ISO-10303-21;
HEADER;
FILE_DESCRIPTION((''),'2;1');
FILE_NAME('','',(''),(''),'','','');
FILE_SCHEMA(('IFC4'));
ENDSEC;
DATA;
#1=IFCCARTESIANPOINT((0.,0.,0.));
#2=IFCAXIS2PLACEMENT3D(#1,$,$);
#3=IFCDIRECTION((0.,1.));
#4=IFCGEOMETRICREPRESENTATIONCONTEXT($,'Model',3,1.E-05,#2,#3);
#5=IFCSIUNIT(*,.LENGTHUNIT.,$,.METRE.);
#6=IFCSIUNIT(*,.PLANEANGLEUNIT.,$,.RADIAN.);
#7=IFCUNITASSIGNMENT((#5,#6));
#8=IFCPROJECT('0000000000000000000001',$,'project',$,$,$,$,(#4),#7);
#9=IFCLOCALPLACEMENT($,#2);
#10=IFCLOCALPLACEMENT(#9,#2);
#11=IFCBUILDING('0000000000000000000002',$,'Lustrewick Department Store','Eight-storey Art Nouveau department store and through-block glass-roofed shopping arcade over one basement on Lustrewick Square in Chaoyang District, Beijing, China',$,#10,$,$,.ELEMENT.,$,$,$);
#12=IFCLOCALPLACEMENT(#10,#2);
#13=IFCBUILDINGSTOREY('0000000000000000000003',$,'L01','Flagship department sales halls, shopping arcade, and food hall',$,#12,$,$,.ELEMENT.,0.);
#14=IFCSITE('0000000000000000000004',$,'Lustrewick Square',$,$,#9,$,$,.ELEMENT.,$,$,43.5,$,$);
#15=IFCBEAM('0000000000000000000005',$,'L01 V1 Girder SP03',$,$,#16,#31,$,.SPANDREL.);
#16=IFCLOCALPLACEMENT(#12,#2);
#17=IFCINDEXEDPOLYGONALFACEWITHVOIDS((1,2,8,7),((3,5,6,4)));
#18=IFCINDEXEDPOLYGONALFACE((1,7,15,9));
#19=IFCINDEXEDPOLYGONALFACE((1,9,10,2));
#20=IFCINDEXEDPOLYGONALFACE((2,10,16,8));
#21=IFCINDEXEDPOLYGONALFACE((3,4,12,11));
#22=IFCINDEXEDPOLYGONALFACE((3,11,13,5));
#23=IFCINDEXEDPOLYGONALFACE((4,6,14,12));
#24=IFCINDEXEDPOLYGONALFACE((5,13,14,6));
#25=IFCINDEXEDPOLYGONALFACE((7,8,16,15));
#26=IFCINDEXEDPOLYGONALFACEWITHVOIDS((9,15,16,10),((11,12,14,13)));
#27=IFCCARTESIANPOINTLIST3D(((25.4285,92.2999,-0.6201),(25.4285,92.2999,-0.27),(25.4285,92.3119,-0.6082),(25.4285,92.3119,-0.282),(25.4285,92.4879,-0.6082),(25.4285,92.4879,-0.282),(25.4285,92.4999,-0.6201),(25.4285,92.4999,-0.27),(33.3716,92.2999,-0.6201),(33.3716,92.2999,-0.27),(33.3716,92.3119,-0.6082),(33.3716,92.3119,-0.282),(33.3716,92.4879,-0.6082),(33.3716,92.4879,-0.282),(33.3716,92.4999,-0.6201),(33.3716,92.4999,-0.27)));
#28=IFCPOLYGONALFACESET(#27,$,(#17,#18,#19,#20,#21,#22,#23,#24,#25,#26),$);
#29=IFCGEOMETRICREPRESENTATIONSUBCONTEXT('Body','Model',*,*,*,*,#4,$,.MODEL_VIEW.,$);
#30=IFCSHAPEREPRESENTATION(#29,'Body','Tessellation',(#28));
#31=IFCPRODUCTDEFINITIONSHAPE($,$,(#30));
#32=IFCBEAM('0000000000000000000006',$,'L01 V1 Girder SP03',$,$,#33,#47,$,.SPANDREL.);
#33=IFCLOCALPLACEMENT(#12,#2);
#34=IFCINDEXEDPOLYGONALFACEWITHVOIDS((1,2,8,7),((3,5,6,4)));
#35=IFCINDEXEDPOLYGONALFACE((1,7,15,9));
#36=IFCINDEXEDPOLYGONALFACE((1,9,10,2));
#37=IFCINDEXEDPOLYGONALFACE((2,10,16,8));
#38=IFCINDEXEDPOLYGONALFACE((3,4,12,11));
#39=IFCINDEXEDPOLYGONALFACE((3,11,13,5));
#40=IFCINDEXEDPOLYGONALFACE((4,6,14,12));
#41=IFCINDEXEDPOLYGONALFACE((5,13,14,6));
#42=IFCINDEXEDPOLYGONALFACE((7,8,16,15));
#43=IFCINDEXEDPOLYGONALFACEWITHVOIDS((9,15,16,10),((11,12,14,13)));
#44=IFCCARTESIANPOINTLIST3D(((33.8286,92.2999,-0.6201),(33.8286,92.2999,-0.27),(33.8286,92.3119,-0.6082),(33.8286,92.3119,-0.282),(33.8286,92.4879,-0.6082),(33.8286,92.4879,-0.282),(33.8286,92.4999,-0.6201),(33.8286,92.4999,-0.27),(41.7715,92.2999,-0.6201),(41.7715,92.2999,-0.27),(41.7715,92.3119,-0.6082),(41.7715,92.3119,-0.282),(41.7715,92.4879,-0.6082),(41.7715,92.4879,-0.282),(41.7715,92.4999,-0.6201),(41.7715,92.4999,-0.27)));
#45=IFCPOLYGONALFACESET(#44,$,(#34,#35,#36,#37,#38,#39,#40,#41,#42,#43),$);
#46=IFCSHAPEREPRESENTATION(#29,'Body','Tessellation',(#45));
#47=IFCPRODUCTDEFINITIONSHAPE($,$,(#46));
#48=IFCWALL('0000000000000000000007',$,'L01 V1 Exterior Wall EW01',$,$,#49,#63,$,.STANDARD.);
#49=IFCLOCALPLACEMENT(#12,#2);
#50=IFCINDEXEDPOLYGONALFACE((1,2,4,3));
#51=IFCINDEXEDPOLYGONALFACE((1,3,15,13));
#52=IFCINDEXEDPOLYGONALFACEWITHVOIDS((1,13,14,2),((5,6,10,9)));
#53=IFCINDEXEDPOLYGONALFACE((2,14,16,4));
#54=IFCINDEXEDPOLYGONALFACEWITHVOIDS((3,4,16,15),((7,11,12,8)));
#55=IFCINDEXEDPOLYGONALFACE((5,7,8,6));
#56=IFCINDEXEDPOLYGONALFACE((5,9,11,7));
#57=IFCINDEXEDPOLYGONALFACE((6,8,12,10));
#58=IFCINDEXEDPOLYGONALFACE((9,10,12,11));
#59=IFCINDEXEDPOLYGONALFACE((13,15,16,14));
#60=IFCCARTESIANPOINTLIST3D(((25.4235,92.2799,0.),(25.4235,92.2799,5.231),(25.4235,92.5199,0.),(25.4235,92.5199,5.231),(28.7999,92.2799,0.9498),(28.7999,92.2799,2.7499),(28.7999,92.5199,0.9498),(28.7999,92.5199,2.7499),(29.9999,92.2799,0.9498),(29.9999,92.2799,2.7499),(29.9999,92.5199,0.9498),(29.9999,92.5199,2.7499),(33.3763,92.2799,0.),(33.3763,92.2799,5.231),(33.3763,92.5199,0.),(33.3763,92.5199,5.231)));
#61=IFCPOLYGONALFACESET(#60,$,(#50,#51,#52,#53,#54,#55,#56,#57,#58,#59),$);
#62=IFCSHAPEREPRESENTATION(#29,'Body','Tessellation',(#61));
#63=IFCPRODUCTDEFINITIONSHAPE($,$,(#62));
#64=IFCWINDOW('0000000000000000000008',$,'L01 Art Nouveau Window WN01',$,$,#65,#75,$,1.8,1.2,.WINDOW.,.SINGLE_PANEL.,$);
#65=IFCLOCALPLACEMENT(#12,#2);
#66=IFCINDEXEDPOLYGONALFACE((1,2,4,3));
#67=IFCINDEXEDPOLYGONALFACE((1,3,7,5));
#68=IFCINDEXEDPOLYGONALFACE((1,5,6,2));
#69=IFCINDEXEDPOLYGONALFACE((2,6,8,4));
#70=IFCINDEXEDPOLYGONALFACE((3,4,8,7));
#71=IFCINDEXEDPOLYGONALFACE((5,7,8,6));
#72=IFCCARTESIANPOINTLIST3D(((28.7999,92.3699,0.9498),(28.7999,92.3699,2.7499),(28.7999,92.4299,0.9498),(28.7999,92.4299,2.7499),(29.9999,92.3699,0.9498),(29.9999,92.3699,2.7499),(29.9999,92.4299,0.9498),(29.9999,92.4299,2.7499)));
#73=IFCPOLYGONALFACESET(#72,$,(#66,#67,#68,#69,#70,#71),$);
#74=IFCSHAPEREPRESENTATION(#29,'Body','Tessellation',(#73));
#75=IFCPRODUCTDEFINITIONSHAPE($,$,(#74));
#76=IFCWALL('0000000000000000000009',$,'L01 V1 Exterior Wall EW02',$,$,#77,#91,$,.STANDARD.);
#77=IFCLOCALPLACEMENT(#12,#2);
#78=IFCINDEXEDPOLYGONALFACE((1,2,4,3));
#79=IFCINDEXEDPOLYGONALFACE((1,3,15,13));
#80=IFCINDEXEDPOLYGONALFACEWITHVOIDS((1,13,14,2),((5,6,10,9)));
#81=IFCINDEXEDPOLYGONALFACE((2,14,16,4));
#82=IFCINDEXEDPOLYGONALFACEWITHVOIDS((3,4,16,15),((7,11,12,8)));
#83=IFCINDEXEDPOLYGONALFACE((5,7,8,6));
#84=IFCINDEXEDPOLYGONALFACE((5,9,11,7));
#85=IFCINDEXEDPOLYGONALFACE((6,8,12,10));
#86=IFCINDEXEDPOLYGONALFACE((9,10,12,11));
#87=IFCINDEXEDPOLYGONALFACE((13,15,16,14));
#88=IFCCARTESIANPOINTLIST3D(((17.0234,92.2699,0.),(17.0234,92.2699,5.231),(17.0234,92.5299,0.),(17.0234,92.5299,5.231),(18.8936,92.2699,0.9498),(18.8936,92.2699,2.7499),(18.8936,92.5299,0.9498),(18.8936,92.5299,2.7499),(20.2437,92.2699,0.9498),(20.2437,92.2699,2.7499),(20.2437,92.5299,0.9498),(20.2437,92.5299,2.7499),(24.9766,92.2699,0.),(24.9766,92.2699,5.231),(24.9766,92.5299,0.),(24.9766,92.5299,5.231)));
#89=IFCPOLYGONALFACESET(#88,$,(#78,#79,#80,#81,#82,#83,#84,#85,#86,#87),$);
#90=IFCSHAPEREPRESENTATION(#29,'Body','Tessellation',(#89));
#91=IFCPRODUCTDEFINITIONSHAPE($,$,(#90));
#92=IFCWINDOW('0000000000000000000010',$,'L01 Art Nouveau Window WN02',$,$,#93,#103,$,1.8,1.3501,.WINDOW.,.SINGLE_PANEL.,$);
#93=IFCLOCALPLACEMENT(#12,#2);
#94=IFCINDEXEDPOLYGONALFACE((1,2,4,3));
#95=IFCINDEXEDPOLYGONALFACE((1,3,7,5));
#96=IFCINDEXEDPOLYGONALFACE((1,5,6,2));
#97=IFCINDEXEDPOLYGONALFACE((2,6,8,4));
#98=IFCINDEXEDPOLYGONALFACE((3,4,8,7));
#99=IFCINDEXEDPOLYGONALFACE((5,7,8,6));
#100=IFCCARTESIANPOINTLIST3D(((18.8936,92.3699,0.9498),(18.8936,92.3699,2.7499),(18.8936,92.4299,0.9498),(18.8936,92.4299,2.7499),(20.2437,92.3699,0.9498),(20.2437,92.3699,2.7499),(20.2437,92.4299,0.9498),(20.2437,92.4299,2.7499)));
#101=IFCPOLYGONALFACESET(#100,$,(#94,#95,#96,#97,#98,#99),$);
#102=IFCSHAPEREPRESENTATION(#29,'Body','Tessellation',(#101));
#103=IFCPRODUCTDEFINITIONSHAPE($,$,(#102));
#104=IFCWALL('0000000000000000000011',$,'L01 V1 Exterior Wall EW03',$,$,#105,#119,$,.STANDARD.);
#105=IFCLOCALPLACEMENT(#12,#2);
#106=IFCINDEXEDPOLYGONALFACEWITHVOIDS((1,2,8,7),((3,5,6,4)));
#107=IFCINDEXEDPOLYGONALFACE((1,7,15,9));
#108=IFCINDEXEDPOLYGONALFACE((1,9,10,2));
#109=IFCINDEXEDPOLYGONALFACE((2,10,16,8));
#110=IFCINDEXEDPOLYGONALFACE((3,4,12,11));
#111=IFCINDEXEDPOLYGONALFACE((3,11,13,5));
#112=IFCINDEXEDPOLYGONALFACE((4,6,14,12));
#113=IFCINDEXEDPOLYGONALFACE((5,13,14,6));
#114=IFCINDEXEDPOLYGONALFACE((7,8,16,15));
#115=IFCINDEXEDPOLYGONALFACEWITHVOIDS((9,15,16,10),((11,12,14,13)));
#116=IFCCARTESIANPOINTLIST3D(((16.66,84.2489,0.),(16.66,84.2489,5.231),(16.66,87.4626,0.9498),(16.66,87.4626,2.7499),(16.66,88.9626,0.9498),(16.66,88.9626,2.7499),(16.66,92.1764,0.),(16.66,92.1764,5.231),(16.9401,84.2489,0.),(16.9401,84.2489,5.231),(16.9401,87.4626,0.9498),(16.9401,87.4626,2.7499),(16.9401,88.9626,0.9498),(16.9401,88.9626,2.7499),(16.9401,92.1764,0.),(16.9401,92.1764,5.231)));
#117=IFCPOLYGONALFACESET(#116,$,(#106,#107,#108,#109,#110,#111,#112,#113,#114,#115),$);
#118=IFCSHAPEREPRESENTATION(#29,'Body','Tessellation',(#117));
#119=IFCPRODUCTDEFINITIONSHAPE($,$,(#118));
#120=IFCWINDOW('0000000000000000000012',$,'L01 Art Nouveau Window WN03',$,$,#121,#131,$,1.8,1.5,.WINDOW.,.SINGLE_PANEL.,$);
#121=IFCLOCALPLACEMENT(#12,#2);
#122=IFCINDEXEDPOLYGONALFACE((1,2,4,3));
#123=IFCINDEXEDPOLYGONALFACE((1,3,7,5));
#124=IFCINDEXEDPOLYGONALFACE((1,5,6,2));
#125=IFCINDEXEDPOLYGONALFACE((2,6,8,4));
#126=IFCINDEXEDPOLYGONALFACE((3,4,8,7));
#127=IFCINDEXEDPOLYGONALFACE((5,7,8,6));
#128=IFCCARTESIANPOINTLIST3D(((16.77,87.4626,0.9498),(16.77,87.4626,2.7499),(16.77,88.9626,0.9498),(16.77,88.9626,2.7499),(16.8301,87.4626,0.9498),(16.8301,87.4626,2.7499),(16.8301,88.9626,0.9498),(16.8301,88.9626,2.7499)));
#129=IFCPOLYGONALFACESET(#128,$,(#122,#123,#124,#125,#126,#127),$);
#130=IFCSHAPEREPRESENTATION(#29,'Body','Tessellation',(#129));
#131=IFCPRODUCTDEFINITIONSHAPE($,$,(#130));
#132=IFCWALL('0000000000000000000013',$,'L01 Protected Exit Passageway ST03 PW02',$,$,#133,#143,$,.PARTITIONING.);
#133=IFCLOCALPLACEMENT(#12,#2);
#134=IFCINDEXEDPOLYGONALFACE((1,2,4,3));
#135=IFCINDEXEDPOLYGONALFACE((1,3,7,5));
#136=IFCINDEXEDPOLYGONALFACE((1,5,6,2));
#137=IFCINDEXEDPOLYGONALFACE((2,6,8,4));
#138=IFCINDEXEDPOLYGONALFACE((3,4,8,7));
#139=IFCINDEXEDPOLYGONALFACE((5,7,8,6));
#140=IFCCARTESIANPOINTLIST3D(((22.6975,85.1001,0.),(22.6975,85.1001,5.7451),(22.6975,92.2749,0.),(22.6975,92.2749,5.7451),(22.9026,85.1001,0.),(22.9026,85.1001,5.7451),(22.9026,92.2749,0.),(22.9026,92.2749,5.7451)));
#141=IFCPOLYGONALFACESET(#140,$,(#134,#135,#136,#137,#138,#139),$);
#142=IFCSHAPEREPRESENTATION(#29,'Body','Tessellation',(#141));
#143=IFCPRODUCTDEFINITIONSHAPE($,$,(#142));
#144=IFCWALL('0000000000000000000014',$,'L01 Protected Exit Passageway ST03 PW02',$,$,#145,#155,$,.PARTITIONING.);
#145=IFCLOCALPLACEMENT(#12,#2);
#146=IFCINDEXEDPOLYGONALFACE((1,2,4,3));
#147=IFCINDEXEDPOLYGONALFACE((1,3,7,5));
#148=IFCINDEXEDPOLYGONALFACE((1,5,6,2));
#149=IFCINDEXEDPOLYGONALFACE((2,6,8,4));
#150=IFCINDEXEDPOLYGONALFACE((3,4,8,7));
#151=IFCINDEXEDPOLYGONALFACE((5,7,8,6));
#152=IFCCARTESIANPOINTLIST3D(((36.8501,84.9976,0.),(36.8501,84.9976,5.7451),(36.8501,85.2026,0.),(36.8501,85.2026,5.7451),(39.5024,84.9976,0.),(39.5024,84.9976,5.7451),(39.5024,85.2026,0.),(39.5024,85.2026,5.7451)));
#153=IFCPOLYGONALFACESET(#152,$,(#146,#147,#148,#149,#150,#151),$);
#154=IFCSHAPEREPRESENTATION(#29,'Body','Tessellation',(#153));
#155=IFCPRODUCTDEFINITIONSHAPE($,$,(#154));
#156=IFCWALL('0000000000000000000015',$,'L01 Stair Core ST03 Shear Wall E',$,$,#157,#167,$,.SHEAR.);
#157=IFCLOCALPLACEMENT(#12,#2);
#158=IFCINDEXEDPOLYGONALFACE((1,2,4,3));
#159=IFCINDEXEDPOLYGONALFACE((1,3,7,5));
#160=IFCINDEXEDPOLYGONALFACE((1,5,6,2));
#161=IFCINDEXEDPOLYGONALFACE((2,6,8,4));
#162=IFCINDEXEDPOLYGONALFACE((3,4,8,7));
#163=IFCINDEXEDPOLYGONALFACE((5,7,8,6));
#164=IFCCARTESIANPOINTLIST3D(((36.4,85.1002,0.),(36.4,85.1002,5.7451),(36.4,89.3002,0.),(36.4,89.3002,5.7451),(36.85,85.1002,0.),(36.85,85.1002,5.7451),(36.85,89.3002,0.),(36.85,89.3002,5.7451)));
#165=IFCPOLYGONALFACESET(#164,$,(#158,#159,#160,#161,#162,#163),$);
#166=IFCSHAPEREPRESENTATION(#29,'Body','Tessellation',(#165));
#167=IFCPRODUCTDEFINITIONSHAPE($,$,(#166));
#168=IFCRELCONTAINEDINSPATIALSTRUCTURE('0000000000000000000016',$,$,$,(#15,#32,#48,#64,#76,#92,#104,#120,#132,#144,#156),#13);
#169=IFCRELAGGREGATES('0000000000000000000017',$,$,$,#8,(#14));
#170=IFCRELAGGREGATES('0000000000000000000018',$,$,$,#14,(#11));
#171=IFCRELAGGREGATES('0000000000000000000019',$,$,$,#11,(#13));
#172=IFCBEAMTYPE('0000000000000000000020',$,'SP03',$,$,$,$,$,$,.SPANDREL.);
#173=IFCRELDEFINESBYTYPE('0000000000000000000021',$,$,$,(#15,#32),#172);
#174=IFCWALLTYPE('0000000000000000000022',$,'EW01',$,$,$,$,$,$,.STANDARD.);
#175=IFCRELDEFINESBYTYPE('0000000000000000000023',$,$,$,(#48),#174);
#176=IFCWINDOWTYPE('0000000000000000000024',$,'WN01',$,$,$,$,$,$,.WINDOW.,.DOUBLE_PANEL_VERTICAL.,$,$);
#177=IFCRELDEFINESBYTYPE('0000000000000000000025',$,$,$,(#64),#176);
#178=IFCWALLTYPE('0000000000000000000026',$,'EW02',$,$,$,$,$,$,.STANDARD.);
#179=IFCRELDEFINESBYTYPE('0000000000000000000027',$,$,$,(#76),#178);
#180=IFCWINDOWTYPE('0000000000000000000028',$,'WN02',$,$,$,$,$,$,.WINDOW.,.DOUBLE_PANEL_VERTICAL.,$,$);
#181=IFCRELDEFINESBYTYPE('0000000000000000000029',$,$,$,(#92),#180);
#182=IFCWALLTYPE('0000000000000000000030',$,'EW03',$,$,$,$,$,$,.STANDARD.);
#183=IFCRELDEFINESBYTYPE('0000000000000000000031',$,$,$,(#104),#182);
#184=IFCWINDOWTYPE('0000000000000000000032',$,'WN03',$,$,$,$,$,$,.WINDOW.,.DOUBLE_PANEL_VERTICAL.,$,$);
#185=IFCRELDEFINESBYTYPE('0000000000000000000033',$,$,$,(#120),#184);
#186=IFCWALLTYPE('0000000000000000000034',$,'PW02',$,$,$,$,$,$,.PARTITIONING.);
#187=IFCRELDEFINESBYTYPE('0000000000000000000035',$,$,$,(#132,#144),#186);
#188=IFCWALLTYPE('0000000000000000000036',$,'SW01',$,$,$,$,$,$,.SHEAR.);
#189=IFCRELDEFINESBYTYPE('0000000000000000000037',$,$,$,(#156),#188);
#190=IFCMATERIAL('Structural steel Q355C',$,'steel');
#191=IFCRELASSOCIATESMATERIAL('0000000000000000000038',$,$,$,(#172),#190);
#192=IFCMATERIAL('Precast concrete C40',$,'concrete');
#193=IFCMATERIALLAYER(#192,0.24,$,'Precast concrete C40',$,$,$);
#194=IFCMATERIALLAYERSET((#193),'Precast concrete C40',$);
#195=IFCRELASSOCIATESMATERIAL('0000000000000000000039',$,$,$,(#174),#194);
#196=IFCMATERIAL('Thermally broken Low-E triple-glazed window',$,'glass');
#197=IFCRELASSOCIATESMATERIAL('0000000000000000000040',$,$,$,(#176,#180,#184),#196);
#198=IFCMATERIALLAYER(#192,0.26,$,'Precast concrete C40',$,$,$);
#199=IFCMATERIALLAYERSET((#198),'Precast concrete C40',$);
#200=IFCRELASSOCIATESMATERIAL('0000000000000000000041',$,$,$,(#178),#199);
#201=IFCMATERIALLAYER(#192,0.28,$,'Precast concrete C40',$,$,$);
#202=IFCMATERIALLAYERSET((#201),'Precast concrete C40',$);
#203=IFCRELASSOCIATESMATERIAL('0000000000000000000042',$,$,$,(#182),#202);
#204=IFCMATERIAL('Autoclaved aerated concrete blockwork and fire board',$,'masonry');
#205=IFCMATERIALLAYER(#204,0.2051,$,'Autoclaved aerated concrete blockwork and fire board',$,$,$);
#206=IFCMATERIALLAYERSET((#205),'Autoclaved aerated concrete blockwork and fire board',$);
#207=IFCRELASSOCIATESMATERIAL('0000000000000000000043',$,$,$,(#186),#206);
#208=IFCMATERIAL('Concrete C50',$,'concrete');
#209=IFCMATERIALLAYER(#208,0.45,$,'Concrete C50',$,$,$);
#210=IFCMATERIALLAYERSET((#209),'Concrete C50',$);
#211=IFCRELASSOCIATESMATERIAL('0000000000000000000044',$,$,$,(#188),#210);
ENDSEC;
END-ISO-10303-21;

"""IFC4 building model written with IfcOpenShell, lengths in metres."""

from ifc_helpers import new_model, si_unit, direction, frame, frame_2d, origin, origin_2d, place, context, subcontext, project, spatial, rectangle, hollow_rectangle, extrude, material, layer, layer_set, material_profile, profile_set, type_object, element, fill, save


model = new_model("IFC4")

# Units and contexts
model_context = context("Model", 3, precision=1e-05, world=origin(), true_north=direction((0.0, 1.0)))
body_context = subcontext(model_context, "Body", "Model", "MODEL_VIEW")
ifc_project = project(units=[si_unit("LENGTHUNIT", "METRE"), si_unit("PLANEANGLEUNIT", "RADIAN")], contexts=[model_context])

# Site, building, storey
site_placement = place(None, origin())
site = spatial("IfcSite", under=ifc_project, at=site_placement, Name="Lustrewick Square", CompositionType="ELEMENT", RefElevation=43.5)
building_placement = place(site_placement, origin())
building = spatial("IfcBuilding", under=site, at=building_placement, Name="Lustrewick Department Store", Description="Eight-storey Art Nouveau department store and through-block glass-roofed shopping arcade over one basement on Lustrewick Square in Chaoyang District, Beijing, China", CompositionType="ELEMENT")
storey_placement = place(building_placement, origin())
storey = spatial("IfcBuildingStorey", under=building, at=storey_placement, Name="L01", Description="Flagship department sales halls, shopping arcade, and food hall", CompositionType="ELEMENT", Elevation=0.0)

# Shared definitions
ifc_material_1 = material(Name="Structural steel Q355C", Category="steel")

# Beams
ifc_material_profile_1 = material_profile(ifc_material_1, hollow_rectangle(XDim=0.2, YDim=0.3501, WallThickness=0.012, at=origin_2d()), Name="RHS 350x200x12")
ifc_profile_set_1 = profile_set([ifc_material_profile_1], Name="Structural steel Q355C")
beam_type = type_object("IfcBeamType", Name="SP03", PredefinedType="SPANDREL", material=ifc_profile_set_1)
beam_1_placement = place(storey_placement, frame((25.4285, 92.3999, -0.4451), z_axis=(1.0, 0.0, 0.0), x_axis=(0.0, 1.0, 0.0)))
element("IfcBeam", 1, at=beam_1_placement, inside=storey, type_object=beam_type, Name="L01 V1 Girder SP03", PredefinedType="SPANDREL", context=body_context, shape_type="SweptSolid", body=[
    extrude(hollow_rectangle(XDim=0.2, YDim=0.3501, WallThickness=0.012, at=origin_2d()), origin(), (0.0, 0.0, 1.0), 7.9431),
])
beam_2_placement = place(storey_placement, frame((33.8286, 92.3999, -0.4451), z_axis=(1.0, 0.0, 0.0), x_axis=(0.0, 1.0, 0.0)))
element("IfcBeam", 2, at=beam_2_placement, inside=storey, type_object=beam_type, Name="L01 V1 Girder SP03", PredefinedType="SPANDREL", context=body_context, shape_type="SweptSolid", body=[
    extrude(hollow_rectangle(XDim=0.2, YDim=0.3501, WallThickness=0.012, at=origin_2d()), origin(), (0.0, 0.0, 1.0), 7.9429),
])

# Walls, openings, windows
ifc_material_2 = material(Name="Precast concrete C40", Category="concrete")
ifc_layer_1 = layer(ifc_material_2, 0.24, Name="Precast concrete C40")
ifc_layer_set_1 = layer_set([ifc_layer_1], Name="Precast concrete C40")
wall_type_1 = type_object("IfcWallType", Name="EW01", PredefinedType="STANDARD", material=ifc_layer_set_1)
wall_1_placement = place(storey_placement, frame((33.3765, 92.3999, 0.0), z_axis=(0.0, 0.0, 1.0), x_axis=(-1.0, 0.0, 0.0)))
wall_1 = element("IfcWall", 3, at=wall_1_placement, inside=storey, type_object=wall_type_1, Name="L01 V1 Exterior Wall EW01", PredefinedType="STANDARD", context=body_context, shape_type="SweptSolid", body=[
    extrude(rectangle(XDim=7.9529, YDim=0.24, at=frame_2d((3.9766, 0.0))), origin(), (0.0, 0.0, 1.0), 5.231),
])
opening_1_placement = place(wall_1_placement, frame((3.3765, 0.0, 0.95)))
opening_1 = element("IfcOpeningElement", 4, at=opening_1_placement, cuts=wall_1, PredefinedType="OPENING", context=body_context, shape_type="SweptSolid", body=[
    extrude(rectangle(XDim=1.2, YDim=1.8, at=frame_2d((0.6001, 0.8999))), frame((0.0, 0.1299, 0.0), z_axis=(0.0, -1.0, 0.0), x_axis=(1.0, 0.0, 0.0)), (0.0, 0.0, 1.0), 0.26),
])
ifc_material_3 = material(Name="Thermally broken Low-E triple-glazed window", Category="glass")
window_type_1 = type_object("IfcWindowType", Name="WN01", PartitioningType="DOUBLE_PANEL_VERTICAL", PredefinedType="WINDOW", material=ifc_material_3)
window_1_placement = place(opening_1_placement, origin())
window_1 = element("IfcWindow", 5, at=window_1_placement, inside=storey, type_object=window_type_1, Name="L01 Art Nouveau Window WN01", OverallHeight=1.8, OverallWidth=1.2, PartitioningType="SINGLE_PANEL", PredefinedType="WINDOW", context=body_context, shape_type="SweptSolid", body=[
    extrude(rectangle(XDim=1.2, YDim=1.8, at=frame_2d((0.6001, 0.8999))), frame((0.0, 0.03, 0.0), z_axis=(0.0, -1.0, 0.0), x_axis=(1.0, 0.0, 0.0)), (0.0, 0.0, 1.0), 0.0601),
])
fill(opening_1, window_1)
ifc_layer_2 = layer(ifc_material_2, 0.26, Name="Precast concrete C40")
ifc_layer_set_2 = layer_set([ifc_layer_2], Name="Precast concrete C40")
wall_type_2 = type_object("IfcWallType", Name="EW02", PredefinedType="STANDARD", material=ifc_layer_set_2)
wall_2_placement = place(storey_placement, frame((24.9766, 92.3999, 0.0), z_axis=(0.0, 0.0, 1.0), x_axis=(-1.0, 0.0, 0.0)))
wall_2 = element("IfcWall", 6, at=wall_2_placement, inside=storey, type_object=wall_type_2, Name="L01 V1 Exterior Wall EW02", PredefinedType="STANDARD", context=body_context, shape_type="SweptSolid", body=[
    extrude(rectangle(XDim=7.9531, YDim=0.26, at=frame_2d((3.9766, 0.0))), origin(), (0.0, 0.0, 1.0), 5.231),
])
opening_2_placement = place(wall_2_placement, frame((4.7329, 0.0, 0.95)))
opening_2 = element("IfcOpeningElement", 7, at=opening_2_placement, cuts=wall_2, PredefinedType="OPENING", context=body_context, shape_type="SweptSolid", body=[
    extrude(rectangle(XDim=1.3501, YDim=1.8, at=frame_2d((0.675, 0.8999))), frame((0.0, 0.1401, 0.0), z_axis=(0.0, -1.0, 0.0), x_axis=(1.0, 0.0, 0.0)), (0.0, 0.0, 1.0), 0.28),
])
window_type_2 = type_object("IfcWindowType", Name="WN02", PartitioningType="DOUBLE_PANEL_VERTICAL", PredefinedType="WINDOW", material=ifc_material_3)
window_2_placement = place(opening_2_placement, origin())
window_2 = element("IfcWindow", 8, at=window_2_placement, inside=storey, type_object=window_type_2, Name="L01 Art Nouveau Window WN02", OverallHeight=1.8, OverallWidth=1.3501, PartitioningType="SINGLE_PANEL", PredefinedType="WINDOW", context=body_context, shape_type="SweptSolid", body=[
    extrude(rectangle(XDim=1.3501, YDim=1.8, at=frame_2d((0.675, 0.8999))), frame((0.0, 0.03, 0.0), z_axis=(0.0, -1.0, 0.0), x_axis=(1.0, 0.0, 0.0)), (0.0, 0.0, 1.0), 0.0601),
])
fill(opening_2, window_2)
ifc_layer_3 = layer(ifc_material_2, 0.28, Name="Precast concrete C40")
ifc_layer_set_3 = layer_set([ifc_layer_3], Name="Precast concrete C40")
wall_type_3 = type_object("IfcWallType", Name="EW03", PredefinedType="STANDARD", material=ifc_layer_set_3)
wall_3_placement = place(storey_placement, frame((16.8, 92.1765, 0.0), z_axis=(0.0, 0.0, 1.0), x_axis=(0.0, -1.0, 0.0)))
wall_3 = element("IfcWall", 9, at=wall_3_placement, inside=storey, type_object=wall_type_3, Name="L01 V1 Exterior Wall EW03", PredefinedType="STANDARD", context=body_context, shape_type="SweptSolid", body=[
    extrude(rectangle(XDim=7.9275, YDim=0.28, at=frame_2d((3.9639, 0.0))), origin(), (0.0, 0.0, 1.0), 5.231),
])
opening_3_placement = place(wall_3_placement, frame((3.2139, 0.0, 0.95)))
opening_3 = element("IfcOpeningElement", 10, at=opening_3_placement, cuts=wall_3, PredefinedType="OPENING", context=body_context, shape_type="SweptSolid", body=[
    extrude(rectangle(XDim=1.5, YDim=1.8, at=frame_2d((0.75, 0.8999))), frame((0.0, 0.1499, 0.0), z_axis=(0.0, -1.0, 0.0), x_axis=(1.0, 0.0, 0.0)), (0.0, 0.0, 1.0), 0.3),
])
window_type_3 = type_object("IfcWindowType", Name="WN03", PartitioningType="DOUBLE_PANEL_VERTICAL", PredefinedType="WINDOW", material=ifc_material_3)
window_3_placement = place(opening_3_placement, origin())
window_3 = element("IfcWindow", 11, at=window_3_placement, inside=storey, type_object=window_type_3, Name="L01 Art Nouveau Window WN03", OverallHeight=1.8, OverallWidth=1.5, PartitioningType="SINGLE_PANEL", PredefinedType="WINDOW", context=body_context, shape_type="SweptSolid", body=[
    extrude(rectangle(XDim=1.5, YDim=1.8, at=frame_2d((0.75, 0.8999))), frame((0.0, 0.03, 0.0), z_axis=(0.0, -1.0, 0.0), x_axis=(1.0, 0.0, 0.0)), (0.0, 0.0, 1.0), 0.0601),
])
fill(opening_3, window_3)

# Walls
ifc_material_4 = material(Name="Autoclaved aerated concrete blockwork and fire board", Category="masonry")
ifc_layer_4 = layer(ifc_material_4, 0.2051, Name="Autoclaved aerated concrete blockwork and fire board")
ifc_layer_set_4 = layer_set([ifc_layer_4], Name="Autoclaved aerated concrete blockwork and fire board")
wall_type_4 = type_object("IfcWallType", Name="PW02", PredefinedType="PARTITIONING", material=ifc_layer_set_4)
wall_4_placement = place(storey_placement, frame((22.8, 92.2749, 0.0), z_axis=(0.0, 0.0, 1.0), x_axis=(0.0, -1.0, 0.0)))
element("IfcWall", 12, at=wall_4_placement, inside=storey, type_object=wall_type_4, Name="L01 Protected Exit Passageway ST03 PW02", PredefinedType="PARTITIONING", context=body_context, shape_type="SweptSolid", body=[
    extrude(rectangle(XDim=7.1748, YDim=0.2051, at=frame_2d((3.5874, 0.0))), origin(), (0.0, 0.0, 1.0), 5.7451),
])
wall_5_placement = place(storey_placement, frame((36.8501, 85.1001, 0.0), z_axis=(0.0, 0.0, 1.0), x_axis=(1.0, 0.0, 0.0)))
element("IfcWall", 13, at=wall_5_placement, inside=storey, type_object=wall_type_4, Name="L01 Protected Exit Passageway ST03 PW02", PredefinedType="PARTITIONING", context=body_context, shape_type="SweptSolid", body=[
    extrude(rectangle(XDim=2.6523, YDim=0.2051, at=frame_2d((1.3262, 0.0))), origin(), (0.0, 0.0, 1.0), 5.7451),
])
ifc_material_5 = material(Name="Concrete C50", Category="concrete")
ifc_layer_5 = layer(ifc_material_5, 0.45, Name="Concrete C50")
ifc_layer_set_5 = layer_set([ifc_layer_5], Name="Concrete C50")
wall_type_5 = type_object("IfcWallType", Name="SW01", PredefinedType="SHEAR", material=ifc_layer_set_5)
wall_6_placement = place(storey_placement, frame((36.625, 85.1001, 0.0), z_axis=(0.0, 0.0, 1.0), x_axis=(0.0, 1.0, 0.0)))
element("IfcWall", 14, at=wall_6_placement, inside=storey, type_object=wall_type_5, Name="L01 Stair Core ST03 Shear Wall E", PredefinedType="SHEAR", context=body_context, shape_type="SweptSolid", body=[
    extrude(rectangle(XDim=4.2, YDim=0.45, at=frame_2d((2.1001, 0.0))), origin(), (0.0, 0.0, 1.0), 5.7451),
])

save(model, "model.ifc")
